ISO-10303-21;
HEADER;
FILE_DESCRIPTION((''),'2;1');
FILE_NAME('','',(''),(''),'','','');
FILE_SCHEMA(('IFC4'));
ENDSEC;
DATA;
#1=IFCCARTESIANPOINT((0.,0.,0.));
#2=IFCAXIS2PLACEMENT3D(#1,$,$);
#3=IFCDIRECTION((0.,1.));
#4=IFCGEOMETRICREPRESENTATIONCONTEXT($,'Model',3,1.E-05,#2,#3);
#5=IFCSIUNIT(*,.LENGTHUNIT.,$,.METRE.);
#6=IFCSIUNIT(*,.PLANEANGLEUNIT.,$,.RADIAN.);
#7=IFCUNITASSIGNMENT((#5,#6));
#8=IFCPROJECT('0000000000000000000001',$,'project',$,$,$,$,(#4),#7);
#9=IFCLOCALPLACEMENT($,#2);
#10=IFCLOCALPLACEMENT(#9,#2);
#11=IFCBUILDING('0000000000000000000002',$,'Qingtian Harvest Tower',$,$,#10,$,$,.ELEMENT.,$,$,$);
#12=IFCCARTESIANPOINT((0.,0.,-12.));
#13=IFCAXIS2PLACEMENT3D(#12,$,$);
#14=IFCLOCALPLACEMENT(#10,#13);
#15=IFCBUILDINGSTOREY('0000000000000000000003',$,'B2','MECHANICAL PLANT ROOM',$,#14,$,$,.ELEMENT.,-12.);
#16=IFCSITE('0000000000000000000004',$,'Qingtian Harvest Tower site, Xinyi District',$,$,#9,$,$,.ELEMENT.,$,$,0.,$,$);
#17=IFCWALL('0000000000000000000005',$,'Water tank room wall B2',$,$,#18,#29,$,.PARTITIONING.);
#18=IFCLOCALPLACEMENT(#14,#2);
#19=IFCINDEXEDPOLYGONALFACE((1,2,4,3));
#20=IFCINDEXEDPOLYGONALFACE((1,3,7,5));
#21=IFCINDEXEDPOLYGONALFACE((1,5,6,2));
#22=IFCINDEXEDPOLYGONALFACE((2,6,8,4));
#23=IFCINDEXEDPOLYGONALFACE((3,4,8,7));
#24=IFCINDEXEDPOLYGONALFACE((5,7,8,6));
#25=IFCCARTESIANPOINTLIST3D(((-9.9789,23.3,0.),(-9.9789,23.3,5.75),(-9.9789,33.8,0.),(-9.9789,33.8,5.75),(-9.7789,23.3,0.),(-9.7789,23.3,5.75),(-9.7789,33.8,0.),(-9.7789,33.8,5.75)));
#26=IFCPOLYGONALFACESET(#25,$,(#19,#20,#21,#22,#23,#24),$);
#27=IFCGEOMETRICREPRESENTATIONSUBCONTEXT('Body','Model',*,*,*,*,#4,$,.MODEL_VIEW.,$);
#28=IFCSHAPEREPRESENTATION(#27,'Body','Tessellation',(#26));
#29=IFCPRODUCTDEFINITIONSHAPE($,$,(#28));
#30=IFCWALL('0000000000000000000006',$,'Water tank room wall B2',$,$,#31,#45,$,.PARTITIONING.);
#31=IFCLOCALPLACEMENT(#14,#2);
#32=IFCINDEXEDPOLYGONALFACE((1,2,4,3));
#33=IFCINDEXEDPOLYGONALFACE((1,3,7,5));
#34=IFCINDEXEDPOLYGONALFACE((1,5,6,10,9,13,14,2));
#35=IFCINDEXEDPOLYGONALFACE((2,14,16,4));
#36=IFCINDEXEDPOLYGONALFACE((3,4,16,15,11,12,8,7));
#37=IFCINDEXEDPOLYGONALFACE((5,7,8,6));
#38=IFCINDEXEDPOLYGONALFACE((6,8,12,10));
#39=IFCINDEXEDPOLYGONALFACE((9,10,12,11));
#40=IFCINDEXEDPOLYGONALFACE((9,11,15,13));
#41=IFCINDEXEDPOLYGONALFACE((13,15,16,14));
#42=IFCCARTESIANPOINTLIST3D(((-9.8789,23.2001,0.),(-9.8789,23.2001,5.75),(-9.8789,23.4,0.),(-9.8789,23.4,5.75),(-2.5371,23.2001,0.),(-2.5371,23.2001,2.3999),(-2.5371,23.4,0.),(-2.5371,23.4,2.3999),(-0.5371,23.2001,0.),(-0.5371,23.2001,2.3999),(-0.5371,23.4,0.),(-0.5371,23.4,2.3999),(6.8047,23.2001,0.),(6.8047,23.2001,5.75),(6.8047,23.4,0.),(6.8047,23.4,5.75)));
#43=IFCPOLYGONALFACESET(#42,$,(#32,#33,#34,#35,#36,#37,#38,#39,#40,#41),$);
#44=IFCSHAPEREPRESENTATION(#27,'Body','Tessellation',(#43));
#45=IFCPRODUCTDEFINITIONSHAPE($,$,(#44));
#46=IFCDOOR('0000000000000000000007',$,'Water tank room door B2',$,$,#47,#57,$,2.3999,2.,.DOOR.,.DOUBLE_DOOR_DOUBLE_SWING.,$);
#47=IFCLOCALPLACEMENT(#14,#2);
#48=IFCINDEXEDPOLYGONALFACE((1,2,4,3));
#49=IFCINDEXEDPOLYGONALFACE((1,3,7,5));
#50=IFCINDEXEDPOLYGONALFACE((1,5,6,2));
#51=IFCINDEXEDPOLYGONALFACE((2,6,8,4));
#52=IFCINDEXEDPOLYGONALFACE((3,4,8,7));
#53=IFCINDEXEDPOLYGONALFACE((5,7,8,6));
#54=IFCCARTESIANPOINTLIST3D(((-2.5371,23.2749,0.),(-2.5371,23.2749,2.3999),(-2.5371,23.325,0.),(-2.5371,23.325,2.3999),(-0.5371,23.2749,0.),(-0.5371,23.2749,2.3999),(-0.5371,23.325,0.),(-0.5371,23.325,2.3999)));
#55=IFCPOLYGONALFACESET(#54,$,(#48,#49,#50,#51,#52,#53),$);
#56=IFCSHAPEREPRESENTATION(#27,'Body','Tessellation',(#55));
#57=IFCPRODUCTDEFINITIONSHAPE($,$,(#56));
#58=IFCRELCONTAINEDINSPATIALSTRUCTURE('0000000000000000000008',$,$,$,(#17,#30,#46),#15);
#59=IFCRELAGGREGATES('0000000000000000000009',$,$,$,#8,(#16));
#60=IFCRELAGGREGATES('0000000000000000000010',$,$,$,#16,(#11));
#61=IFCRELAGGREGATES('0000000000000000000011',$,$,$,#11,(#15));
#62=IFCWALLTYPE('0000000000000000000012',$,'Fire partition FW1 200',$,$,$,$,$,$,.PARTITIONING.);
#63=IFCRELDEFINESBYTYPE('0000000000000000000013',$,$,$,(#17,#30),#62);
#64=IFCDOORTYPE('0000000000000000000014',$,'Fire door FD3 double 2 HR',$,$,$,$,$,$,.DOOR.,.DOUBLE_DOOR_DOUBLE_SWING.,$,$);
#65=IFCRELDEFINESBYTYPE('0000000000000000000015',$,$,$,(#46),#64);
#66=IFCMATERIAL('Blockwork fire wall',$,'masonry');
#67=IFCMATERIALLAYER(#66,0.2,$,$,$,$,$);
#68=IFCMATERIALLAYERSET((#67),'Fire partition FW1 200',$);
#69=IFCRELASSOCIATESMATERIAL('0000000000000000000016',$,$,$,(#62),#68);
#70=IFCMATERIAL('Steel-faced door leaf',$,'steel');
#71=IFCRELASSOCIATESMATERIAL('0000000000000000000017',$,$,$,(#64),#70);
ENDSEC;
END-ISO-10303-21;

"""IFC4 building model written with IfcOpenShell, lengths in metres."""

from ifc_helpers import new_model, si_unit, direction, frame, frame_2d, origin, place, context, subcontext, project, spatial, rectangle, extrude, material, layer, layer_set, type_object, element, fill, save


model = new_model("IFC4")

# Units and contexts
model_context = context("Model", 3, precision=1e-05, world=origin(), true_north=direction((0.0, 1.0)))
body_context = subcontext(model_context, "Body", "Model", "MODEL_VIEW")
ifc_project = project(units=[si_unit("LENGTHUNIT", "METRE"), si_unit("PLANEANGLEUNIT", "RADIAN")], contexts=[model_context])

# Site, building, storey
site_placement = place(None, origin())
site = spatial("IfcSite", under=ifc_project, at=site_placement, Name="Qingtian Harvest Tower site, Xinyi District", CompositionType="ELEMENT", RefElevation=0.0)
building_placement = place(site_placement, origin())
building = spatial("IfcBuilding", under=site, at=building_placement, Name="Qingtian Harvest Tower", CompositionType="ELEMENT")
storey_placement = place(building_placement, frame((0.0, 0.0, -12.0)))
storey = spatial("IfcBuildingStorey", under=building, at=storey_placement, Name="B2", Description="MECHANICAL PLANT ROOM", CompositionType="ELEMENT", Elevation=-12.0)

# Wall
ifc_material_1 = material(Name="Blockwork fire wall", Category="masonry")
ifc_layer = layer(ifc_material_1, 0.2)
ifc_layer_set = layer_set([ifc_layer], Name="Fire partition FW1 200")
wall_type = type_object("IfcWallType", Name="Fire partition FW1 200", PredefinedType="PARTITIONING", material=ifc_layer_set)
wall_1_placement = place(storey_placement, frame((-9.8789, 33.8, 0.0), z_axis=(0.0, 0.0, 1.0), x_axis=(0.0, -1.0, 0.0)))
element("IfcWall", 1, at=wall_1_placement, inside=storey, type_object=wall_type, Name="Water tank room wall B2", PredefinedType="PARTITIONING", context=body_context, shape_type="SweptSolid", body=[
    extrude(rectangle(XDim=10.5, YDim=0.2, at=frame_2d((5.25, 0.0))), origin(), (0.0, 0.0, 1.0), 5.75),
])

# Wall, opening, door
wall_2_placement = place(storey_placement, frame((-9.8789, 23.3, 0.0), z_axis=(0.0, 0.0, 1.0), x_axis=(1.0, 0.0, 0.0)))
wall_2 = element("IfcWall", 2, at=wall_2_placement, inside=storey, type_object=wall_type, Name="Water tank room wall B2", PredefinedType="PARTITIONING", context=body_context, shape_type="SweptSolid", body=[
    extrude(rectangle(XDim=16.6836, YDim=0.2, at=frame_2d((8.3418, 0.0))), origin(), (0.0, 0.0, 1.0), 5.75),
])
opening_placement = place(wall_2_placement, frame((7.3418, 0.0, 0.0)))
opening = element("IfcOpeningElement", 3, at=opening_placement, cuts=wall_2, PredefinedType="OPENING", context=body_context, shape_type="SweptSolid", body=[
    extrude(rectangle(XDim=2.0, YDim=2.3999, at=frame_2d((1.0, 1.2))), frame((0.0, 0.1099, 0.0), z_axis=(0.0, -1.0, 0.0), x_axis=(1.0, 0.0, 0.0)), (0.0, 0.0, 1.0), 0.22),
])
ifc_material_2 = material(Name="Steel-faced door leaf", Category="steel")
door_type = type_object("IfcDoorType", Name="Fire door FD3 double 2 HR", OperationType="DOUBLE_DOOR_DOUBLE_SWING", PredefinedType="DOOR", material=ifc_material_2)
door_placement = place(opening_placement, origin())
door = element("IfcDoor", 4, at=door_placement, inside=storey, type_object=door_type, Name="Water tank room door B2", OperationType="DOUBLE_DOOR_DOUBLE_SWING", OverallHeight=2.3999, OverallWidth=2.0, PredefinedType="DOOR", context=body_context, shape_type="SweptSolid", body=[
    extrude(rectangle(XDim=2.0, YDim=2.3999, at=frame_2d((1.0, 1.2))), frame((0.0, 0.0249, 0.0), z_axis=(0.0, -1.0, 0.0), x_axis=(1.0, 0.0, 0.0)), (0.0, 0.0, 1.0), 0.05),
])
fill(opening, door)

save(model, "model.ifc")
